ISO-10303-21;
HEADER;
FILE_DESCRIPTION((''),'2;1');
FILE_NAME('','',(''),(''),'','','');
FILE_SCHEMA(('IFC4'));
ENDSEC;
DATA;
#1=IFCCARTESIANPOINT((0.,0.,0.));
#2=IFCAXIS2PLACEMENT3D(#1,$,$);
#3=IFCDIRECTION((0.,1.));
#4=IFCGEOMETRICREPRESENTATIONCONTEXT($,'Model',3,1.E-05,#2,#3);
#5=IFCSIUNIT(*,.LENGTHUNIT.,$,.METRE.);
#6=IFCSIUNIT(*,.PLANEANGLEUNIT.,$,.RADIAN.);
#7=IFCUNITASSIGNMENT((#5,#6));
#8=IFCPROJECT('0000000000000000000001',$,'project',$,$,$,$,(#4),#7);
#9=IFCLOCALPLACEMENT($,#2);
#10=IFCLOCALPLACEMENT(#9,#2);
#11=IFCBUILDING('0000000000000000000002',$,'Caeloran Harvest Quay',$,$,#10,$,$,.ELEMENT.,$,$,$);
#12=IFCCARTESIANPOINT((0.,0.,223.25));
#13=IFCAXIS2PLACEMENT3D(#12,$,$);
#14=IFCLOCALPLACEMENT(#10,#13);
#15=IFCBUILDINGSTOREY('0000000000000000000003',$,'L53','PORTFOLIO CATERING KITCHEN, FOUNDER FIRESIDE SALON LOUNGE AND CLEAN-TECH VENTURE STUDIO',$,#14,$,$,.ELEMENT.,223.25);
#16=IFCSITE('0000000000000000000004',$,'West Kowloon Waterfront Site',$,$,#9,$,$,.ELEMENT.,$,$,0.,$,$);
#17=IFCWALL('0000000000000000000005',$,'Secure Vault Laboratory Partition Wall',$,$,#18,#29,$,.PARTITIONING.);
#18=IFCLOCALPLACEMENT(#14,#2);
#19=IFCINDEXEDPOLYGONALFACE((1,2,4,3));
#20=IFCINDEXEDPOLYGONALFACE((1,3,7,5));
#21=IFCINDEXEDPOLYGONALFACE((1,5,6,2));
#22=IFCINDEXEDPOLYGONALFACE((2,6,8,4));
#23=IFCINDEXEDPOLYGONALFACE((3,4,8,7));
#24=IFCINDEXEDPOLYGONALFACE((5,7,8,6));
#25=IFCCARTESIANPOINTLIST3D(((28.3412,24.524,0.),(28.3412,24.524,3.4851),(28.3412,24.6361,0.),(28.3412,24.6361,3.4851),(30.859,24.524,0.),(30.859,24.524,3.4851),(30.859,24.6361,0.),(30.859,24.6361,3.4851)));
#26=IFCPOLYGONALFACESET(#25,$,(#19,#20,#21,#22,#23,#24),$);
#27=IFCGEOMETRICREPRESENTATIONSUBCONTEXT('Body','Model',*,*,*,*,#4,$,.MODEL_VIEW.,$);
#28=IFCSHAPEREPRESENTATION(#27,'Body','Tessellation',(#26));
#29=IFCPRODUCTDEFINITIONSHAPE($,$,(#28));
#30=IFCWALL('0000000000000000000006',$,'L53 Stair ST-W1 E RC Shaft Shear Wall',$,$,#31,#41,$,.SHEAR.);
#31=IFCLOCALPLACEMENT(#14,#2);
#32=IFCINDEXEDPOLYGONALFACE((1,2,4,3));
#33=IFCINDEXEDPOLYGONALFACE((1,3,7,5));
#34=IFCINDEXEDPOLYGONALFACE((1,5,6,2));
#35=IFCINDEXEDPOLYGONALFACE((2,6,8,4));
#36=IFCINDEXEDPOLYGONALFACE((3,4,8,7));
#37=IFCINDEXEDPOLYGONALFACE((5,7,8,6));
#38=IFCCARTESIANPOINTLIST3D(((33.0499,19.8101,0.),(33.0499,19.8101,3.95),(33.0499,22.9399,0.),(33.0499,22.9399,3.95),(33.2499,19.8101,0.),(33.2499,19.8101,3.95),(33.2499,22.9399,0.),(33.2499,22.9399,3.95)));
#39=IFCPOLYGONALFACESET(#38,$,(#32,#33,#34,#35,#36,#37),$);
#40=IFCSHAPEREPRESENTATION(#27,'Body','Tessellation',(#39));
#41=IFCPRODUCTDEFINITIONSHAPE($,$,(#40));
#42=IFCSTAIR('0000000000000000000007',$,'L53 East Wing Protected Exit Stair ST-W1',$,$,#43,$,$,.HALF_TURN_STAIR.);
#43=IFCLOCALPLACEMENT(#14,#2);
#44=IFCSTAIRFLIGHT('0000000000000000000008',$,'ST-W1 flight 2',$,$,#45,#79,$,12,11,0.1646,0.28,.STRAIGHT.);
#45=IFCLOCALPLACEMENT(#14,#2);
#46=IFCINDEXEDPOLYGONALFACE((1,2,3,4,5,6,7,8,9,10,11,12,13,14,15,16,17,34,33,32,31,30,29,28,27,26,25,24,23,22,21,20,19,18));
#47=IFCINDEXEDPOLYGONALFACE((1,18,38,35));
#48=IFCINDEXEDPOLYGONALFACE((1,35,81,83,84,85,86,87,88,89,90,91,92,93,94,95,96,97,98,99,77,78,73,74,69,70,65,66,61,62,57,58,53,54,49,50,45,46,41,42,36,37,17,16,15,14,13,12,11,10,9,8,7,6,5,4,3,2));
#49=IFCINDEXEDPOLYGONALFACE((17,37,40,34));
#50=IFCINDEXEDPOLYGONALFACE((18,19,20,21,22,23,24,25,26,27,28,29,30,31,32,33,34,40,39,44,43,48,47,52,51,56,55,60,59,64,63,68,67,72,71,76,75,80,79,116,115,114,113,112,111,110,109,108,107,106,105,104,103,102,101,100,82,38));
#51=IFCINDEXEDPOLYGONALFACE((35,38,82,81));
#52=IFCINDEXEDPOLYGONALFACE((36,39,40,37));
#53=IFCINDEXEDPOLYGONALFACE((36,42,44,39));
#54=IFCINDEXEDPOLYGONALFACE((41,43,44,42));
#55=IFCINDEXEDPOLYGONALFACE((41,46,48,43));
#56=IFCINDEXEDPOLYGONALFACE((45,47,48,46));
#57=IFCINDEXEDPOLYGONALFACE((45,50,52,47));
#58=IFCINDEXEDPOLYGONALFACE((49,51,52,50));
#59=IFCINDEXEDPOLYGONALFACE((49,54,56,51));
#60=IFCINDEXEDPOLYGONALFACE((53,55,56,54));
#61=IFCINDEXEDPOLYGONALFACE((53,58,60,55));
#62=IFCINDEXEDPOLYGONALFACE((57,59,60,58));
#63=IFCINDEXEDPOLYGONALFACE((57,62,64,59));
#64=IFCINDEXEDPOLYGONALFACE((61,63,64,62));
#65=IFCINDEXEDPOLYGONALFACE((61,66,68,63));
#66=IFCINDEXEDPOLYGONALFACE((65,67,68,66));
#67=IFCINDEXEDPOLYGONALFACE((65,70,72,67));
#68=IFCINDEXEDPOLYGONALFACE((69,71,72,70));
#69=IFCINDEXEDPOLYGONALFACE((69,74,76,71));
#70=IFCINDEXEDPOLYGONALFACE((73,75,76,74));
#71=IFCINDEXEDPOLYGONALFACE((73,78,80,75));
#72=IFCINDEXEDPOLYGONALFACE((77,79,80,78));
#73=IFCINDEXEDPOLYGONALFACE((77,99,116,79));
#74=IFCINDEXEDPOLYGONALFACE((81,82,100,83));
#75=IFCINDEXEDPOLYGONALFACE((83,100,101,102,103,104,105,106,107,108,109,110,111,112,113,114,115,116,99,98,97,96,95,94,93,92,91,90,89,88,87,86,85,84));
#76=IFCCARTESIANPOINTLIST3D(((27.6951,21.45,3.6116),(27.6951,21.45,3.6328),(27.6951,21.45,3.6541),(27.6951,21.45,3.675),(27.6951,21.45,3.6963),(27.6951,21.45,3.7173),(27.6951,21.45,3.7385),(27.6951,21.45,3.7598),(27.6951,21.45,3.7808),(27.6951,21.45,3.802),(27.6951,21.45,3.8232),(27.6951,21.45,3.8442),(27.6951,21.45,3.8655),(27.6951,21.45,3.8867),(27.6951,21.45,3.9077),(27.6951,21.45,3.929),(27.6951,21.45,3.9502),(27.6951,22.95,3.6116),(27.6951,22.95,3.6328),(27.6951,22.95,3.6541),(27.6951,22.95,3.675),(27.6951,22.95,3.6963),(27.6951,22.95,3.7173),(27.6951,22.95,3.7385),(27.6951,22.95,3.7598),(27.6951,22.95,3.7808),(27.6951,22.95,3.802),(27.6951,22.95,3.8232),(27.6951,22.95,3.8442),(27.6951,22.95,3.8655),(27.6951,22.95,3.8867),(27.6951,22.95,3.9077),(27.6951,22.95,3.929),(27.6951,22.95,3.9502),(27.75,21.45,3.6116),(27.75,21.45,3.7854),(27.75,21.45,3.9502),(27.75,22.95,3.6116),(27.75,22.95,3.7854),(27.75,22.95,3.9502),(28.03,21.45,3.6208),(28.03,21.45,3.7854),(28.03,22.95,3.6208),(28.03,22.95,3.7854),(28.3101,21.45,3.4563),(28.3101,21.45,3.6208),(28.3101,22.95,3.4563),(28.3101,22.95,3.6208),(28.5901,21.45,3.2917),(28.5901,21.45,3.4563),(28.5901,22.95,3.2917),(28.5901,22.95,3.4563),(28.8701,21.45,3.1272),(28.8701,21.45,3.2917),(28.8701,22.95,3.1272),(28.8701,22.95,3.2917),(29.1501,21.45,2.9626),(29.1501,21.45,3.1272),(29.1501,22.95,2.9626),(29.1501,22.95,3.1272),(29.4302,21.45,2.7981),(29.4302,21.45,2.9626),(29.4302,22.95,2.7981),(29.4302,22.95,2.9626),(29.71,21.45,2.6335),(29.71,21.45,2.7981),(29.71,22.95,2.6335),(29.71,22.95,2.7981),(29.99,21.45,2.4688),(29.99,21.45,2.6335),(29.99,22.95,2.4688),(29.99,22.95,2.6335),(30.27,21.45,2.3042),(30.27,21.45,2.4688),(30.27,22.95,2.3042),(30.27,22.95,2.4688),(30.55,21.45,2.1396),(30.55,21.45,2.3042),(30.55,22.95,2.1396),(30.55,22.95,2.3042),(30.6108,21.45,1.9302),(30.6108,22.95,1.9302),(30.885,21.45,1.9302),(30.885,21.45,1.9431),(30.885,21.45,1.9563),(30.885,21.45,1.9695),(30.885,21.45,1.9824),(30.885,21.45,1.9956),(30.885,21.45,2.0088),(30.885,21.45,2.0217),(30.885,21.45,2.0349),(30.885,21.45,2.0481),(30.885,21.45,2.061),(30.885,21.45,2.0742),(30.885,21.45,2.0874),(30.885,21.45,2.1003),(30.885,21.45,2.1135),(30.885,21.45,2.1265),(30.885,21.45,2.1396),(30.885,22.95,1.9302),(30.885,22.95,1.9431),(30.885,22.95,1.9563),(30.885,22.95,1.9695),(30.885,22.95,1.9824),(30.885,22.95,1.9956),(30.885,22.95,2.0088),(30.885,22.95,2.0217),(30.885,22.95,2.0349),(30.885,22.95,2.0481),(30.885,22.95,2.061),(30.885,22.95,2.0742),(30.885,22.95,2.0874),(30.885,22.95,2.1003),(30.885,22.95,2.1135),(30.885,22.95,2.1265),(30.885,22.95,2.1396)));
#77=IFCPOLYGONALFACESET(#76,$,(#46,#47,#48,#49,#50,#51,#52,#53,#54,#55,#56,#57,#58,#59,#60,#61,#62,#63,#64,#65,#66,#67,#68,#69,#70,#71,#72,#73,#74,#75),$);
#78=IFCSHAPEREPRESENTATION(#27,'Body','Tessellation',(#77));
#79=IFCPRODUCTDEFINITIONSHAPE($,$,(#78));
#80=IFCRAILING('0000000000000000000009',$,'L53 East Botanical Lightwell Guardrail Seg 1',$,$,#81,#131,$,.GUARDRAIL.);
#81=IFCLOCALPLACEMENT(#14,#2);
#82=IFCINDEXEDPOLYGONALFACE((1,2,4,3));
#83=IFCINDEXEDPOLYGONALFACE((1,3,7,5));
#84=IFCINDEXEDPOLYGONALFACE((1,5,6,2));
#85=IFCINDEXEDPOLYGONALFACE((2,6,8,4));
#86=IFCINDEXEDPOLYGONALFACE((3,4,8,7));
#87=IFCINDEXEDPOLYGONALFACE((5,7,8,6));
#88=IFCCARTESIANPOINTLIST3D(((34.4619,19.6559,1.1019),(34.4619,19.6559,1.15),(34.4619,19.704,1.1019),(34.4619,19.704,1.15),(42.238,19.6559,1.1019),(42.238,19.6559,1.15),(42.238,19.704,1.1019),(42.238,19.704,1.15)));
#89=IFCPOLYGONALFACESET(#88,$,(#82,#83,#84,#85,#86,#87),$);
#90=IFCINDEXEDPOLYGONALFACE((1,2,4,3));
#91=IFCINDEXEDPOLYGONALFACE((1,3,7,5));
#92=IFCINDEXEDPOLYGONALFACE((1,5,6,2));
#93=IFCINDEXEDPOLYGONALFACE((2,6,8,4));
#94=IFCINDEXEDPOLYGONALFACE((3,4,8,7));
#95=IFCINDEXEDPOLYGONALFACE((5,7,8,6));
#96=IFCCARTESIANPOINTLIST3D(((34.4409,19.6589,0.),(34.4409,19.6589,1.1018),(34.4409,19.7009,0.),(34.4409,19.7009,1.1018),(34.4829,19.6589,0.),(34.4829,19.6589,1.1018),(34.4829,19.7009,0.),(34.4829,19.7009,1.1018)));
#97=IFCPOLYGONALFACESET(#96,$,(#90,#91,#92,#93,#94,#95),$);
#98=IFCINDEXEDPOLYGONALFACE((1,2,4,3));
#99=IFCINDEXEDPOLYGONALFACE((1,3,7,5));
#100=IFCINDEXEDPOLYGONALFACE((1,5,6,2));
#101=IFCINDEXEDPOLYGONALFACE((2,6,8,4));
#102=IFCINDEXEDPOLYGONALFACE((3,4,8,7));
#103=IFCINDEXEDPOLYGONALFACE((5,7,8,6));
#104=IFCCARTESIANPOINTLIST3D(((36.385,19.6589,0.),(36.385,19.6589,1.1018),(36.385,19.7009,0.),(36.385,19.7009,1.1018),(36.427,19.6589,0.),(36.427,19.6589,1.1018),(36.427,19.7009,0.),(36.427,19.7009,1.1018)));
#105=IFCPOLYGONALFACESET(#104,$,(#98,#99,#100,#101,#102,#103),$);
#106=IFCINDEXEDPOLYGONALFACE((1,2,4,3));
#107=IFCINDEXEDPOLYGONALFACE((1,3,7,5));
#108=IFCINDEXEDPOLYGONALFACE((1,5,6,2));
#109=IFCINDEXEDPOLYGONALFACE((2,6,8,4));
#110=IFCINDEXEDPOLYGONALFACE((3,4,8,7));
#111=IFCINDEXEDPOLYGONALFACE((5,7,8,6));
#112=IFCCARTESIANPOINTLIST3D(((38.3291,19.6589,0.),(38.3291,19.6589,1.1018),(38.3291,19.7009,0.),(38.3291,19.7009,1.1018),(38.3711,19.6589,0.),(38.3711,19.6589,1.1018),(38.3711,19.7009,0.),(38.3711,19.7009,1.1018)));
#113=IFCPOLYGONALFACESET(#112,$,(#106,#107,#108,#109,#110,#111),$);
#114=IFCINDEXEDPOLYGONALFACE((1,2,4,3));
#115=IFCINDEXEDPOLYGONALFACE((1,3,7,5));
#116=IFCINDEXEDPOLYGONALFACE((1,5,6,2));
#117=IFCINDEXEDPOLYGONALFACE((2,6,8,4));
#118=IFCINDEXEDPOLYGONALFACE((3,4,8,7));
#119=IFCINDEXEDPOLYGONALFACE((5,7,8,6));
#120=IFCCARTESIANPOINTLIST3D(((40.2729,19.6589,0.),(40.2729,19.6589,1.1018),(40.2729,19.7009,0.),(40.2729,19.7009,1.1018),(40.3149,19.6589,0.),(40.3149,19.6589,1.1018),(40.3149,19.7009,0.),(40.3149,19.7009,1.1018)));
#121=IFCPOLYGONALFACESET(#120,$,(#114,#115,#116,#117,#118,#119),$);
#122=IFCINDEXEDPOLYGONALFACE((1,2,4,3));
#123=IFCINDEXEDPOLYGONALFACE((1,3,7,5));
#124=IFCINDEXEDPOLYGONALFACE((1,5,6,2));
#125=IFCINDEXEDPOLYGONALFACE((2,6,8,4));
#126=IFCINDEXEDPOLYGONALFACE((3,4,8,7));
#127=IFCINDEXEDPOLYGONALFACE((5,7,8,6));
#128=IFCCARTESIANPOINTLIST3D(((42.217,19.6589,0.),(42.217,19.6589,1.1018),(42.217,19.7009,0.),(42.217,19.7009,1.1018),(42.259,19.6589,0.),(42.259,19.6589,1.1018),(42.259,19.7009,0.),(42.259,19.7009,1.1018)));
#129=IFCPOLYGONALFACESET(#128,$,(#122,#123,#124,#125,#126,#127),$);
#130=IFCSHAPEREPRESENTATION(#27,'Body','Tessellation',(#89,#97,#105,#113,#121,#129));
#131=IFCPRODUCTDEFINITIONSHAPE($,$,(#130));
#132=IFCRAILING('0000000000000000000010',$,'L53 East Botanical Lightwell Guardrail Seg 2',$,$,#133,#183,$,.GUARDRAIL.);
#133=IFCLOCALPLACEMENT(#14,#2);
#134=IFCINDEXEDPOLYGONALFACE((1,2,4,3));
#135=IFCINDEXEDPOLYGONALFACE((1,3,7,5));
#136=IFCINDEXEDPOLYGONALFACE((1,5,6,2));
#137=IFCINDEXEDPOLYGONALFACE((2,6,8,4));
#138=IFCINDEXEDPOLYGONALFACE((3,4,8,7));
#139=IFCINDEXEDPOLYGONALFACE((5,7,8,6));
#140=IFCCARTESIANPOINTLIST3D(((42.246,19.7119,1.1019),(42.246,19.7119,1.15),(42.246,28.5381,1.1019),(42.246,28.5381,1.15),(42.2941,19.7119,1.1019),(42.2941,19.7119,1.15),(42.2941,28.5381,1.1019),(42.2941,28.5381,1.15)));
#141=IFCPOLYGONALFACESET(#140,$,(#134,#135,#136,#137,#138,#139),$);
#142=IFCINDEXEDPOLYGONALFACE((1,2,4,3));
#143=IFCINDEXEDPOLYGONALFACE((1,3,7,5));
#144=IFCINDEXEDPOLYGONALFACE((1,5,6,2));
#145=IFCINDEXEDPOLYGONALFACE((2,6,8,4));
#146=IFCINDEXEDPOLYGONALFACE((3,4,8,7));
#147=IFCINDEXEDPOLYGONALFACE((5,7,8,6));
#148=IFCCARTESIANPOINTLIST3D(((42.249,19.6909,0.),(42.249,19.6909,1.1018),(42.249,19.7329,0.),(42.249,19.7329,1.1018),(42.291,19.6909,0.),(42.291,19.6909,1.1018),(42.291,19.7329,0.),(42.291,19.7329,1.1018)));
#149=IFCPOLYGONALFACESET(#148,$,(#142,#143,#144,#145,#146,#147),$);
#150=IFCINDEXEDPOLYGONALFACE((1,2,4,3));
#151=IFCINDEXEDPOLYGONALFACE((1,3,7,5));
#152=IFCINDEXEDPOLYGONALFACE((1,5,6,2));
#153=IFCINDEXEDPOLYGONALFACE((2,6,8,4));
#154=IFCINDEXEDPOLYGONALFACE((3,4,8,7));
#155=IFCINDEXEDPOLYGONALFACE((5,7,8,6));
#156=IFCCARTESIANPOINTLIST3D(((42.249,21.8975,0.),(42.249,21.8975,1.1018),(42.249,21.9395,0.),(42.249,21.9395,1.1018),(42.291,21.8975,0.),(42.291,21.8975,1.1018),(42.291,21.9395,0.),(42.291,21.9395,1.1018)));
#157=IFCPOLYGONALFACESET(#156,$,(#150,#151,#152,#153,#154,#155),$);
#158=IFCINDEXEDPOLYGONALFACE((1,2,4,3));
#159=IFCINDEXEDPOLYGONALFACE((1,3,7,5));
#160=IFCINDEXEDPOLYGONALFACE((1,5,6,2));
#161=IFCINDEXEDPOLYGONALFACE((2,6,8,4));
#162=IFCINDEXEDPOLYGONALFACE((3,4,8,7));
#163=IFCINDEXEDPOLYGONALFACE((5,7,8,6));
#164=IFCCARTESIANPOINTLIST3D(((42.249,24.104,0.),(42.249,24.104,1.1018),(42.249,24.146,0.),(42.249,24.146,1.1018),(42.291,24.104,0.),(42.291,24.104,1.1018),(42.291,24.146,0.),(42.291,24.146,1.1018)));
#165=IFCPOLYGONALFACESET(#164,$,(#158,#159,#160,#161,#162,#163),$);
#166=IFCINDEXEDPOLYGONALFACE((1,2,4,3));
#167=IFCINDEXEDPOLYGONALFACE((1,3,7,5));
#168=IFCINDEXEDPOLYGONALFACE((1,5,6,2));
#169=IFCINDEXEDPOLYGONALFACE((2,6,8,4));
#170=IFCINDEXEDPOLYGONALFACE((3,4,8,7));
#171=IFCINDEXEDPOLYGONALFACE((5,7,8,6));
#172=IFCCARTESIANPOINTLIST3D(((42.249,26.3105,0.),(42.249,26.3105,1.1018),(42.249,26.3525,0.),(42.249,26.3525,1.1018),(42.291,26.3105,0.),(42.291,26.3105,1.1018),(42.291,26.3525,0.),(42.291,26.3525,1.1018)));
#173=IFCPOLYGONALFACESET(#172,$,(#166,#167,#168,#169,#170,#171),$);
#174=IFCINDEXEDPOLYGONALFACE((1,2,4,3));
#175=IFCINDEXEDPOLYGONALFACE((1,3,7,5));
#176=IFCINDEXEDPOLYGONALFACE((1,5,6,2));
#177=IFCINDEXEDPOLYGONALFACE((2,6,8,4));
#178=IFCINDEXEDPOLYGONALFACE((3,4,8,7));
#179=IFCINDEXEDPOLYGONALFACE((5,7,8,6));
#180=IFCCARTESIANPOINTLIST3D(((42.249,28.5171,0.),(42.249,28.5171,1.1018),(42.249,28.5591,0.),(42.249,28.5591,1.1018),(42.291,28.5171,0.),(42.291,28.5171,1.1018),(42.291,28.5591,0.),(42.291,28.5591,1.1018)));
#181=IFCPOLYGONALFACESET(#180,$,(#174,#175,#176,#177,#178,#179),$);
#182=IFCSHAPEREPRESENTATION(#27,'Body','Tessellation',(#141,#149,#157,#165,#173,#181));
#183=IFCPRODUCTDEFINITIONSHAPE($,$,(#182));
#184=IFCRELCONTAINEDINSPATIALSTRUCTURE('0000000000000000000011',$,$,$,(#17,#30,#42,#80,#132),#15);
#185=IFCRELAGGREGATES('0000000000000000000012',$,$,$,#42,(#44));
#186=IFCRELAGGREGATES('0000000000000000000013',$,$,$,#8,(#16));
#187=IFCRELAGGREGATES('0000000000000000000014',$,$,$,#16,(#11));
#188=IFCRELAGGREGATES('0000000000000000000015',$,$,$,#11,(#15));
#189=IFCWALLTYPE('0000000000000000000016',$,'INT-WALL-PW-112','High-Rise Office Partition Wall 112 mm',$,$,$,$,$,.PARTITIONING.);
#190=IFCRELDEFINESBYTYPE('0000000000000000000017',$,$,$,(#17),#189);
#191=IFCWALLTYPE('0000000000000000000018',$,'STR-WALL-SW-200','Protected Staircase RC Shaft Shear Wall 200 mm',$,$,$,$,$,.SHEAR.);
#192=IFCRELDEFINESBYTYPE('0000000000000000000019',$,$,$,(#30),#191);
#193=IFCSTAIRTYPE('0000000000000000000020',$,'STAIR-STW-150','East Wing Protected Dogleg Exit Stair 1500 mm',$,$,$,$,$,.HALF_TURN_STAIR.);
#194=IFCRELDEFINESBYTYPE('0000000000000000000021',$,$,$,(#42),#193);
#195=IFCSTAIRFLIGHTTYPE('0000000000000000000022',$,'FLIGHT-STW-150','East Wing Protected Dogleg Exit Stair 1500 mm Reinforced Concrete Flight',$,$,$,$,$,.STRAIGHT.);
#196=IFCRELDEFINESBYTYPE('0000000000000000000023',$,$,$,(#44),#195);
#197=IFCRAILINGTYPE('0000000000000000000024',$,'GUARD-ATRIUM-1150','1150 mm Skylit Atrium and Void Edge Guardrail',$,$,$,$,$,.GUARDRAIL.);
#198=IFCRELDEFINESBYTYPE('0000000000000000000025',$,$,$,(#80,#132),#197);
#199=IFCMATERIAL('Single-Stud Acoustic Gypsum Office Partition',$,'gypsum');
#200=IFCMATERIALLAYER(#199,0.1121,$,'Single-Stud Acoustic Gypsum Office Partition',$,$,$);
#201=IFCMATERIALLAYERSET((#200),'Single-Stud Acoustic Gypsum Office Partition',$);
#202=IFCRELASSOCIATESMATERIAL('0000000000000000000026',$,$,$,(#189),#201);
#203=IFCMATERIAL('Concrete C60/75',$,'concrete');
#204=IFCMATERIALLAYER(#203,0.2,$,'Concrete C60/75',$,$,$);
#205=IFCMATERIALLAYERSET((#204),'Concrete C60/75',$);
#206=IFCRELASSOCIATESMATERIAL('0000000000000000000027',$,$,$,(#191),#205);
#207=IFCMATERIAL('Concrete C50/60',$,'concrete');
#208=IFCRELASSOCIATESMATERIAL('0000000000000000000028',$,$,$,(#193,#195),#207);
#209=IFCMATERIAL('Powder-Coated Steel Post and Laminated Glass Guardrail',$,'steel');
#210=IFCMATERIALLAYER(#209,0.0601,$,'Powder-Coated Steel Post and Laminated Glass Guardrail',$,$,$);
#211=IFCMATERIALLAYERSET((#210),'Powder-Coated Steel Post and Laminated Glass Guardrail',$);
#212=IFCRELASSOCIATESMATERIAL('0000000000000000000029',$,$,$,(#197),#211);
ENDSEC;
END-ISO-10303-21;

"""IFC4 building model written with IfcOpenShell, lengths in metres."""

from ifc_helpers import new_model, si_unit, direction, frame, frame_2d, origin, origin_2d, place, context, subcontext, project, spatial, polyline, rectangle, outline, extrude, material, layer, layer_set, type_object, element, aggregate, save


model = new_model("IFC4")

# Units and contexts
model_context = context("Model", 3, precision=1e-05, world=origin(), true_north=direction((0.0, 1.0)))
body_context = subcontext(model_context, "Body", "Model", "MODEL_VIEW")
ifc_project = project(units=[si_unit("LENGTHUNIT", "METRE"), si_unit("PLANEANGLEUNIT", "RADIAN")], contexts=[model_context])

# Site, building, storey
site_placement = place(None, origin())
site = spatial("IfcSite", under=ifc_project, at=site_placement, Name="West Kowloon Waterfront Site", CompositionType="ELEMENT", RefElevation=0.0)
building_placement = place(site_placement, origin())
building = spatial("IfcBuilding", under=site, at=building_placement, Name="Caeloran Harvest Quay", CompositionType="ELEMENT")
storey_placement = place(building_placement, frame((0.0, 0.0, 223.25)))
storey = spatial("IfcBuildingStorey", under=building, at=storey_placement, Name="L53", Description="PORTFOLIO CATERING KITCHEN, FOUNDER FIRESIDE SALON LOUNGE AND CLEAN-TECH VENTURE STUDIO", CompositionType="ELEMENT", Elevation=223.25)

# Shared definitions
ifc_material_1 = material(Name="Single-Stud Acoustic Gypsum Office Partition", Category="gypsum")
ifc_layer_1 = layer(ifc_material_1, 0.1121, Name="Single-Stud Acoustic Gypsum Office Partition")
ifc_layer_set_1 = layer_set([ifc_layer_1], Name="Single-Stud Acoustic Gypsum Office Partition")
wall_type_1 = type_object("IfcWallType", Name="INT-WALL-PW-112", Description="High-Rise Office Partition Wall 112 mm", PredefinedType="PARTITIONING", material=ifc_layer_set_1)

# Walls
wall_1_placement = place(storey_placement, frame((30.8589, 24.5801, 0.0), z_axis=(0.0, 0.0, 1.0), x_axis=(-1.0, 0.0, 0.0)))
element("IfcWall", 1, at=wall_1_placement, inside=storey, type_object=wall_type_1, Name="Secure Vault Laboratory Partition Wall", PredefinedType="PARTITIONING", context=body_context, shape_type="SweptSolid", body=[
    extrude(rectangle(XDim=2.5178, YDim=0.1121, at=frame_2d((1.2588, 0.0))), origin(), (0.0, 0.0, 1.0), 3.4851),
])
ifc_material_2 = material(Name="Concrete C60/75", Category="concrete")
ifc_layer_2 = layer(ifc_material_2, 0.2, Name="Concrete C60/75")
ifc_layer_set_2 = layer_set([ifc_layer_2], Name="Concrete C60/75")
wall_type_2 = type_object("IfcWallType", Name="STR-WALL-SW-200", Description="Protected Staircase RC Shaft Shear Wall 200 mm", PredefinedType="SHEAR", material=ifc_layer_set_2)
wall_2_placement = place(storey_placement, frame((33.1499, 19.8101, 0.0), z_axis=(0.0, 0.0, 1.0), x_axis=(0.0, 1.0, 0.0)))
element("IfcWall", 2, at=wall_2_placement, inside=storey, type_object=wall_type_2, Name="L53 Stair ST-W1 E RC Shaft Shear Wall", PredefinedType="SHEAR", context=body_context, shape_type="SweptSolid", body=[
    extrude(rectangle(XDim=3.1299, YDim=0.2, at=frame_2d((1.5649, 0.0))), origin(), (0.0, 0.0, 1.0), 3.95),
])

# Stair, stair flight
ifc_material_3 = material(Name="Concrete C50/60", Category="concrete")
stair_type = type_object("IfcStairType", Name="STAIR-STW-150", Description="East Wing Protected Dogleg Exit Stair 1500 mm", PredefinedType="HALF_TURN_STAIR", material=ifc_material_3)
stair_placement = place(storey_placement, origin())
stair = element("IfcStair", 3, at=stair_placement, inside=storey, type_object=stair_type, Name="L53 East Wing Protected Exit Stair ST-W1", PredefinedType="HALF_TURN_STAIR")
stair_flight_type = type_object("IfcStairFlightType", Name="FLIGHT-STW-150", Description="East Wing Protected Dogleg Exit Stair 1500 mm Reinforced Concrete Flight", PredefinedType="STRAIGHT", material=ifc_material_3)
stair_flight_placement = place(storey_placement, frame((30.8301, 22.2, 1.9751), z_axis=(0.0, 0.0, 1.0), x_axis=(-1.0, 0.0, 0.0)))
stair_flight = element("IfcStairFlight", 4, at=stair_flight_placement, type_object=stair_flight_type, Name="ST-W1 flight 2", NumberOfRisers=12, NumberOfTreads=11, PredefinedType="STRAIGHT", RiserHeight=0.1646, TreadLength=0.28, context=body_context, shape_type="SweptSolid", body=[
    extrude(outline(polyline([(-0.0549, -0.0449), (-0.0549, -0.032), (-0.0549, -0.0188), (-0.0549, -0.0056), (-0.0549, 0.0073), (-0.0549, 0.0205), (-0.0549, 0.0337), (-0.0549, 0.0466), (-0.0549, 0.0598), (-0.0549, 0.073), (-0.0549, 0.0859), (-0.0549, 0.0991), (-0.0549, 0.1123), (-0.0549, 0.1252), (-0.0549, 0.1384), (-0.0549, 0.1514), (-0.0549, 0.1646), (0.28, 0.1646), (0.28, 0.3291), (0.5601, 0.3291), (0.5601, 0.4937), (0.8401, 0.4937), (0.8401, 0.6584), (1.1201, 0.6584), (1.1201, 0.823), (1.3999, 0.823), (1.3999, 0.9875), (1.6799, 0.9875), (1.6799, 1.1521), (1.96, 1.1521), (1.96, 1.3167), (2.24, 1.3167), (2.24, 1.4812), (2.52, 1.4812), (2.52, 1.6458), (2.8, 1.6458), (2.8, 1.8103), (3.0801, 1.8103), (3.0801, 1.9751), (3.135, 1.9751), (3.135, 1.9539), (3.135, 1.9326), (3.135, 1.9116), (3.135, 1.8904), (3.135, 1.8691), (3.135, 1.8481), (3.135, 1.8269), (3.135, 1.8057), (3.135, 1.7847), (3.135, 1.7634), (3.135, 1.7422), (3.135, 1.7212), (3.135, 1.7), (3.135, 1.679), (3.135, 1.6577), (3.135, 1.6365), (3.0801, 1.6365), (0.2192, -0.0449), (-0.0549, -0.0449)])), frame((0.0, 0.75, 0.0), z_axis=(0.0, -1.0, 0.0), x_axis=(1.0, 0.0, 0.0)), (0.0, 0.0, 1.0), 1.5),
])
aggregate(stair, [stair_flight])

# Railings
ifc_material_4 = material(Name="Powder-Coated Steel Post and Laminated Glass Guardrail", Category="steel")
ifc_layer_3 = layer(ifc_material_4, 0.0601, Name="Powder-Coated Steel Post and Laminated Glass Guardrail")
ifc_layer_set_3 = layer_set([ifc_layer_3], Name="Powder-Coated Steel Post and Laminated Glass Guardrail")
railing_type_1 = type_object("IfcRailingType", Name="GUARD-ATRIUM-1150", Description="1150 mm Skylit Atrium and Void Edge Guardrail", PredefinedType="GUARDRAIL", material=ifc_layer_set_3)
railing_1_placement = place(storey_placement, frame((34.4619, 19.6799, 0.0)))
element("IfcRailing", 5, at=railing_1_placement, inside=storey, type_object=railing_type_1, Name="L53 East Botanical Lightwell Guardrail Seg 1", PredefinedType="GUARDRAIL", context=body_context, shape_type="SweptSolid", body=[
    extrude(rectangle(XDim=0.0481, YDim=0.0481, at=origin_2d()), frame((0.0, 0.0, 1.126), z_axis=(1.0, 0.0, 0.0), x_axis=(0.0, 1.0, 0.0)), (0.0, 0.0, 1.0), 7.7761),
    extrude(rectangle(XDim=0.042, YDim=0.042, at=origin_2d()), origin(), (0.0, 0.0, 1.0), 1.1018),
    extrude(rectangle(XDim=0.042, YDim=0.042, at=origin_2d()), frame((1.9441, 0.0, 0.0)), (0.0, 0.0, 1.0), 1.1018),
    extrude(rectangle(XDim=0.042, YDim=0.042, at=origin_2d()), frame((3.8882, 0.0, 0.0)), (0.0, 0.0, 1.0), 1.1018),
    extrude(rectangle(XDim=0.042, YDim=0.042, at=origin_2d()), frame((5.832, 0.0, 0.0)), (0.0, 0.0, 1.0), 1.1018),
    extrude(rectangle(XDim=0.042, YDim=0.042, at=origin_2d()), frame((7.7761, 0.0, 0.0)), (0.0, 0.0, 1.0), 1.1018),
])
railing_2_placement = place(storey_placement, frame((42.27, 19.7119, 0.0)))
element("IfcRailing", 6, at=railing_2_placement, inside=storey, type_object=railing_type_1, Name="L53 East Botanical Lightwell Guardrail Seg 2", PredefinedType="GUARDRAIL", context=body_context, shape_type="SweptSolid", body=[
    extrude(rectangle(XDim=0.0481, YDim=0.0481, at=origin_2d()), frame((0.0, 0.0, 1.126), z_axis=(0.0, 1.0, 0.0), x_axis=(-1.0, 0.0, 0.0)), (0.0, 0.0, 1.0), 8.8262),
    extrude(rectangle(XDim=0.042, YDim=0.042, at=origin_2d()), origin(), (0.0, 0.0, 1.0), 1.1018),
    extrude(rectangle(XDim=0.042, YDim=0.042, at=origin_2d()), frame((0.0, 2.2065, 0.0)), (0.0, 0.0, 1.0), 1.1018),
    extrude(rectangle(XDim=0.042, YDim=0.042, at=origin_2d()), frame((0.0, 4.4131, 0.0)), (0.0, 0.0, 1.0), 1.1018),
    extrude(rectangle(XDim=0.042, YDim=0.042, at=origin_2d()), frame((0.0, 6.6196, 0.0)), (0.0, 0.0, 1.0), 1.1018),
    extrude(rectangle(XDim=0.042, YDim=0.042, at=origin_2d()), frame((0.0, 8.8262, 0.0)), (0.0, 0.0, 1.0), 1.1018),
])

save(model, "model.ifc")
